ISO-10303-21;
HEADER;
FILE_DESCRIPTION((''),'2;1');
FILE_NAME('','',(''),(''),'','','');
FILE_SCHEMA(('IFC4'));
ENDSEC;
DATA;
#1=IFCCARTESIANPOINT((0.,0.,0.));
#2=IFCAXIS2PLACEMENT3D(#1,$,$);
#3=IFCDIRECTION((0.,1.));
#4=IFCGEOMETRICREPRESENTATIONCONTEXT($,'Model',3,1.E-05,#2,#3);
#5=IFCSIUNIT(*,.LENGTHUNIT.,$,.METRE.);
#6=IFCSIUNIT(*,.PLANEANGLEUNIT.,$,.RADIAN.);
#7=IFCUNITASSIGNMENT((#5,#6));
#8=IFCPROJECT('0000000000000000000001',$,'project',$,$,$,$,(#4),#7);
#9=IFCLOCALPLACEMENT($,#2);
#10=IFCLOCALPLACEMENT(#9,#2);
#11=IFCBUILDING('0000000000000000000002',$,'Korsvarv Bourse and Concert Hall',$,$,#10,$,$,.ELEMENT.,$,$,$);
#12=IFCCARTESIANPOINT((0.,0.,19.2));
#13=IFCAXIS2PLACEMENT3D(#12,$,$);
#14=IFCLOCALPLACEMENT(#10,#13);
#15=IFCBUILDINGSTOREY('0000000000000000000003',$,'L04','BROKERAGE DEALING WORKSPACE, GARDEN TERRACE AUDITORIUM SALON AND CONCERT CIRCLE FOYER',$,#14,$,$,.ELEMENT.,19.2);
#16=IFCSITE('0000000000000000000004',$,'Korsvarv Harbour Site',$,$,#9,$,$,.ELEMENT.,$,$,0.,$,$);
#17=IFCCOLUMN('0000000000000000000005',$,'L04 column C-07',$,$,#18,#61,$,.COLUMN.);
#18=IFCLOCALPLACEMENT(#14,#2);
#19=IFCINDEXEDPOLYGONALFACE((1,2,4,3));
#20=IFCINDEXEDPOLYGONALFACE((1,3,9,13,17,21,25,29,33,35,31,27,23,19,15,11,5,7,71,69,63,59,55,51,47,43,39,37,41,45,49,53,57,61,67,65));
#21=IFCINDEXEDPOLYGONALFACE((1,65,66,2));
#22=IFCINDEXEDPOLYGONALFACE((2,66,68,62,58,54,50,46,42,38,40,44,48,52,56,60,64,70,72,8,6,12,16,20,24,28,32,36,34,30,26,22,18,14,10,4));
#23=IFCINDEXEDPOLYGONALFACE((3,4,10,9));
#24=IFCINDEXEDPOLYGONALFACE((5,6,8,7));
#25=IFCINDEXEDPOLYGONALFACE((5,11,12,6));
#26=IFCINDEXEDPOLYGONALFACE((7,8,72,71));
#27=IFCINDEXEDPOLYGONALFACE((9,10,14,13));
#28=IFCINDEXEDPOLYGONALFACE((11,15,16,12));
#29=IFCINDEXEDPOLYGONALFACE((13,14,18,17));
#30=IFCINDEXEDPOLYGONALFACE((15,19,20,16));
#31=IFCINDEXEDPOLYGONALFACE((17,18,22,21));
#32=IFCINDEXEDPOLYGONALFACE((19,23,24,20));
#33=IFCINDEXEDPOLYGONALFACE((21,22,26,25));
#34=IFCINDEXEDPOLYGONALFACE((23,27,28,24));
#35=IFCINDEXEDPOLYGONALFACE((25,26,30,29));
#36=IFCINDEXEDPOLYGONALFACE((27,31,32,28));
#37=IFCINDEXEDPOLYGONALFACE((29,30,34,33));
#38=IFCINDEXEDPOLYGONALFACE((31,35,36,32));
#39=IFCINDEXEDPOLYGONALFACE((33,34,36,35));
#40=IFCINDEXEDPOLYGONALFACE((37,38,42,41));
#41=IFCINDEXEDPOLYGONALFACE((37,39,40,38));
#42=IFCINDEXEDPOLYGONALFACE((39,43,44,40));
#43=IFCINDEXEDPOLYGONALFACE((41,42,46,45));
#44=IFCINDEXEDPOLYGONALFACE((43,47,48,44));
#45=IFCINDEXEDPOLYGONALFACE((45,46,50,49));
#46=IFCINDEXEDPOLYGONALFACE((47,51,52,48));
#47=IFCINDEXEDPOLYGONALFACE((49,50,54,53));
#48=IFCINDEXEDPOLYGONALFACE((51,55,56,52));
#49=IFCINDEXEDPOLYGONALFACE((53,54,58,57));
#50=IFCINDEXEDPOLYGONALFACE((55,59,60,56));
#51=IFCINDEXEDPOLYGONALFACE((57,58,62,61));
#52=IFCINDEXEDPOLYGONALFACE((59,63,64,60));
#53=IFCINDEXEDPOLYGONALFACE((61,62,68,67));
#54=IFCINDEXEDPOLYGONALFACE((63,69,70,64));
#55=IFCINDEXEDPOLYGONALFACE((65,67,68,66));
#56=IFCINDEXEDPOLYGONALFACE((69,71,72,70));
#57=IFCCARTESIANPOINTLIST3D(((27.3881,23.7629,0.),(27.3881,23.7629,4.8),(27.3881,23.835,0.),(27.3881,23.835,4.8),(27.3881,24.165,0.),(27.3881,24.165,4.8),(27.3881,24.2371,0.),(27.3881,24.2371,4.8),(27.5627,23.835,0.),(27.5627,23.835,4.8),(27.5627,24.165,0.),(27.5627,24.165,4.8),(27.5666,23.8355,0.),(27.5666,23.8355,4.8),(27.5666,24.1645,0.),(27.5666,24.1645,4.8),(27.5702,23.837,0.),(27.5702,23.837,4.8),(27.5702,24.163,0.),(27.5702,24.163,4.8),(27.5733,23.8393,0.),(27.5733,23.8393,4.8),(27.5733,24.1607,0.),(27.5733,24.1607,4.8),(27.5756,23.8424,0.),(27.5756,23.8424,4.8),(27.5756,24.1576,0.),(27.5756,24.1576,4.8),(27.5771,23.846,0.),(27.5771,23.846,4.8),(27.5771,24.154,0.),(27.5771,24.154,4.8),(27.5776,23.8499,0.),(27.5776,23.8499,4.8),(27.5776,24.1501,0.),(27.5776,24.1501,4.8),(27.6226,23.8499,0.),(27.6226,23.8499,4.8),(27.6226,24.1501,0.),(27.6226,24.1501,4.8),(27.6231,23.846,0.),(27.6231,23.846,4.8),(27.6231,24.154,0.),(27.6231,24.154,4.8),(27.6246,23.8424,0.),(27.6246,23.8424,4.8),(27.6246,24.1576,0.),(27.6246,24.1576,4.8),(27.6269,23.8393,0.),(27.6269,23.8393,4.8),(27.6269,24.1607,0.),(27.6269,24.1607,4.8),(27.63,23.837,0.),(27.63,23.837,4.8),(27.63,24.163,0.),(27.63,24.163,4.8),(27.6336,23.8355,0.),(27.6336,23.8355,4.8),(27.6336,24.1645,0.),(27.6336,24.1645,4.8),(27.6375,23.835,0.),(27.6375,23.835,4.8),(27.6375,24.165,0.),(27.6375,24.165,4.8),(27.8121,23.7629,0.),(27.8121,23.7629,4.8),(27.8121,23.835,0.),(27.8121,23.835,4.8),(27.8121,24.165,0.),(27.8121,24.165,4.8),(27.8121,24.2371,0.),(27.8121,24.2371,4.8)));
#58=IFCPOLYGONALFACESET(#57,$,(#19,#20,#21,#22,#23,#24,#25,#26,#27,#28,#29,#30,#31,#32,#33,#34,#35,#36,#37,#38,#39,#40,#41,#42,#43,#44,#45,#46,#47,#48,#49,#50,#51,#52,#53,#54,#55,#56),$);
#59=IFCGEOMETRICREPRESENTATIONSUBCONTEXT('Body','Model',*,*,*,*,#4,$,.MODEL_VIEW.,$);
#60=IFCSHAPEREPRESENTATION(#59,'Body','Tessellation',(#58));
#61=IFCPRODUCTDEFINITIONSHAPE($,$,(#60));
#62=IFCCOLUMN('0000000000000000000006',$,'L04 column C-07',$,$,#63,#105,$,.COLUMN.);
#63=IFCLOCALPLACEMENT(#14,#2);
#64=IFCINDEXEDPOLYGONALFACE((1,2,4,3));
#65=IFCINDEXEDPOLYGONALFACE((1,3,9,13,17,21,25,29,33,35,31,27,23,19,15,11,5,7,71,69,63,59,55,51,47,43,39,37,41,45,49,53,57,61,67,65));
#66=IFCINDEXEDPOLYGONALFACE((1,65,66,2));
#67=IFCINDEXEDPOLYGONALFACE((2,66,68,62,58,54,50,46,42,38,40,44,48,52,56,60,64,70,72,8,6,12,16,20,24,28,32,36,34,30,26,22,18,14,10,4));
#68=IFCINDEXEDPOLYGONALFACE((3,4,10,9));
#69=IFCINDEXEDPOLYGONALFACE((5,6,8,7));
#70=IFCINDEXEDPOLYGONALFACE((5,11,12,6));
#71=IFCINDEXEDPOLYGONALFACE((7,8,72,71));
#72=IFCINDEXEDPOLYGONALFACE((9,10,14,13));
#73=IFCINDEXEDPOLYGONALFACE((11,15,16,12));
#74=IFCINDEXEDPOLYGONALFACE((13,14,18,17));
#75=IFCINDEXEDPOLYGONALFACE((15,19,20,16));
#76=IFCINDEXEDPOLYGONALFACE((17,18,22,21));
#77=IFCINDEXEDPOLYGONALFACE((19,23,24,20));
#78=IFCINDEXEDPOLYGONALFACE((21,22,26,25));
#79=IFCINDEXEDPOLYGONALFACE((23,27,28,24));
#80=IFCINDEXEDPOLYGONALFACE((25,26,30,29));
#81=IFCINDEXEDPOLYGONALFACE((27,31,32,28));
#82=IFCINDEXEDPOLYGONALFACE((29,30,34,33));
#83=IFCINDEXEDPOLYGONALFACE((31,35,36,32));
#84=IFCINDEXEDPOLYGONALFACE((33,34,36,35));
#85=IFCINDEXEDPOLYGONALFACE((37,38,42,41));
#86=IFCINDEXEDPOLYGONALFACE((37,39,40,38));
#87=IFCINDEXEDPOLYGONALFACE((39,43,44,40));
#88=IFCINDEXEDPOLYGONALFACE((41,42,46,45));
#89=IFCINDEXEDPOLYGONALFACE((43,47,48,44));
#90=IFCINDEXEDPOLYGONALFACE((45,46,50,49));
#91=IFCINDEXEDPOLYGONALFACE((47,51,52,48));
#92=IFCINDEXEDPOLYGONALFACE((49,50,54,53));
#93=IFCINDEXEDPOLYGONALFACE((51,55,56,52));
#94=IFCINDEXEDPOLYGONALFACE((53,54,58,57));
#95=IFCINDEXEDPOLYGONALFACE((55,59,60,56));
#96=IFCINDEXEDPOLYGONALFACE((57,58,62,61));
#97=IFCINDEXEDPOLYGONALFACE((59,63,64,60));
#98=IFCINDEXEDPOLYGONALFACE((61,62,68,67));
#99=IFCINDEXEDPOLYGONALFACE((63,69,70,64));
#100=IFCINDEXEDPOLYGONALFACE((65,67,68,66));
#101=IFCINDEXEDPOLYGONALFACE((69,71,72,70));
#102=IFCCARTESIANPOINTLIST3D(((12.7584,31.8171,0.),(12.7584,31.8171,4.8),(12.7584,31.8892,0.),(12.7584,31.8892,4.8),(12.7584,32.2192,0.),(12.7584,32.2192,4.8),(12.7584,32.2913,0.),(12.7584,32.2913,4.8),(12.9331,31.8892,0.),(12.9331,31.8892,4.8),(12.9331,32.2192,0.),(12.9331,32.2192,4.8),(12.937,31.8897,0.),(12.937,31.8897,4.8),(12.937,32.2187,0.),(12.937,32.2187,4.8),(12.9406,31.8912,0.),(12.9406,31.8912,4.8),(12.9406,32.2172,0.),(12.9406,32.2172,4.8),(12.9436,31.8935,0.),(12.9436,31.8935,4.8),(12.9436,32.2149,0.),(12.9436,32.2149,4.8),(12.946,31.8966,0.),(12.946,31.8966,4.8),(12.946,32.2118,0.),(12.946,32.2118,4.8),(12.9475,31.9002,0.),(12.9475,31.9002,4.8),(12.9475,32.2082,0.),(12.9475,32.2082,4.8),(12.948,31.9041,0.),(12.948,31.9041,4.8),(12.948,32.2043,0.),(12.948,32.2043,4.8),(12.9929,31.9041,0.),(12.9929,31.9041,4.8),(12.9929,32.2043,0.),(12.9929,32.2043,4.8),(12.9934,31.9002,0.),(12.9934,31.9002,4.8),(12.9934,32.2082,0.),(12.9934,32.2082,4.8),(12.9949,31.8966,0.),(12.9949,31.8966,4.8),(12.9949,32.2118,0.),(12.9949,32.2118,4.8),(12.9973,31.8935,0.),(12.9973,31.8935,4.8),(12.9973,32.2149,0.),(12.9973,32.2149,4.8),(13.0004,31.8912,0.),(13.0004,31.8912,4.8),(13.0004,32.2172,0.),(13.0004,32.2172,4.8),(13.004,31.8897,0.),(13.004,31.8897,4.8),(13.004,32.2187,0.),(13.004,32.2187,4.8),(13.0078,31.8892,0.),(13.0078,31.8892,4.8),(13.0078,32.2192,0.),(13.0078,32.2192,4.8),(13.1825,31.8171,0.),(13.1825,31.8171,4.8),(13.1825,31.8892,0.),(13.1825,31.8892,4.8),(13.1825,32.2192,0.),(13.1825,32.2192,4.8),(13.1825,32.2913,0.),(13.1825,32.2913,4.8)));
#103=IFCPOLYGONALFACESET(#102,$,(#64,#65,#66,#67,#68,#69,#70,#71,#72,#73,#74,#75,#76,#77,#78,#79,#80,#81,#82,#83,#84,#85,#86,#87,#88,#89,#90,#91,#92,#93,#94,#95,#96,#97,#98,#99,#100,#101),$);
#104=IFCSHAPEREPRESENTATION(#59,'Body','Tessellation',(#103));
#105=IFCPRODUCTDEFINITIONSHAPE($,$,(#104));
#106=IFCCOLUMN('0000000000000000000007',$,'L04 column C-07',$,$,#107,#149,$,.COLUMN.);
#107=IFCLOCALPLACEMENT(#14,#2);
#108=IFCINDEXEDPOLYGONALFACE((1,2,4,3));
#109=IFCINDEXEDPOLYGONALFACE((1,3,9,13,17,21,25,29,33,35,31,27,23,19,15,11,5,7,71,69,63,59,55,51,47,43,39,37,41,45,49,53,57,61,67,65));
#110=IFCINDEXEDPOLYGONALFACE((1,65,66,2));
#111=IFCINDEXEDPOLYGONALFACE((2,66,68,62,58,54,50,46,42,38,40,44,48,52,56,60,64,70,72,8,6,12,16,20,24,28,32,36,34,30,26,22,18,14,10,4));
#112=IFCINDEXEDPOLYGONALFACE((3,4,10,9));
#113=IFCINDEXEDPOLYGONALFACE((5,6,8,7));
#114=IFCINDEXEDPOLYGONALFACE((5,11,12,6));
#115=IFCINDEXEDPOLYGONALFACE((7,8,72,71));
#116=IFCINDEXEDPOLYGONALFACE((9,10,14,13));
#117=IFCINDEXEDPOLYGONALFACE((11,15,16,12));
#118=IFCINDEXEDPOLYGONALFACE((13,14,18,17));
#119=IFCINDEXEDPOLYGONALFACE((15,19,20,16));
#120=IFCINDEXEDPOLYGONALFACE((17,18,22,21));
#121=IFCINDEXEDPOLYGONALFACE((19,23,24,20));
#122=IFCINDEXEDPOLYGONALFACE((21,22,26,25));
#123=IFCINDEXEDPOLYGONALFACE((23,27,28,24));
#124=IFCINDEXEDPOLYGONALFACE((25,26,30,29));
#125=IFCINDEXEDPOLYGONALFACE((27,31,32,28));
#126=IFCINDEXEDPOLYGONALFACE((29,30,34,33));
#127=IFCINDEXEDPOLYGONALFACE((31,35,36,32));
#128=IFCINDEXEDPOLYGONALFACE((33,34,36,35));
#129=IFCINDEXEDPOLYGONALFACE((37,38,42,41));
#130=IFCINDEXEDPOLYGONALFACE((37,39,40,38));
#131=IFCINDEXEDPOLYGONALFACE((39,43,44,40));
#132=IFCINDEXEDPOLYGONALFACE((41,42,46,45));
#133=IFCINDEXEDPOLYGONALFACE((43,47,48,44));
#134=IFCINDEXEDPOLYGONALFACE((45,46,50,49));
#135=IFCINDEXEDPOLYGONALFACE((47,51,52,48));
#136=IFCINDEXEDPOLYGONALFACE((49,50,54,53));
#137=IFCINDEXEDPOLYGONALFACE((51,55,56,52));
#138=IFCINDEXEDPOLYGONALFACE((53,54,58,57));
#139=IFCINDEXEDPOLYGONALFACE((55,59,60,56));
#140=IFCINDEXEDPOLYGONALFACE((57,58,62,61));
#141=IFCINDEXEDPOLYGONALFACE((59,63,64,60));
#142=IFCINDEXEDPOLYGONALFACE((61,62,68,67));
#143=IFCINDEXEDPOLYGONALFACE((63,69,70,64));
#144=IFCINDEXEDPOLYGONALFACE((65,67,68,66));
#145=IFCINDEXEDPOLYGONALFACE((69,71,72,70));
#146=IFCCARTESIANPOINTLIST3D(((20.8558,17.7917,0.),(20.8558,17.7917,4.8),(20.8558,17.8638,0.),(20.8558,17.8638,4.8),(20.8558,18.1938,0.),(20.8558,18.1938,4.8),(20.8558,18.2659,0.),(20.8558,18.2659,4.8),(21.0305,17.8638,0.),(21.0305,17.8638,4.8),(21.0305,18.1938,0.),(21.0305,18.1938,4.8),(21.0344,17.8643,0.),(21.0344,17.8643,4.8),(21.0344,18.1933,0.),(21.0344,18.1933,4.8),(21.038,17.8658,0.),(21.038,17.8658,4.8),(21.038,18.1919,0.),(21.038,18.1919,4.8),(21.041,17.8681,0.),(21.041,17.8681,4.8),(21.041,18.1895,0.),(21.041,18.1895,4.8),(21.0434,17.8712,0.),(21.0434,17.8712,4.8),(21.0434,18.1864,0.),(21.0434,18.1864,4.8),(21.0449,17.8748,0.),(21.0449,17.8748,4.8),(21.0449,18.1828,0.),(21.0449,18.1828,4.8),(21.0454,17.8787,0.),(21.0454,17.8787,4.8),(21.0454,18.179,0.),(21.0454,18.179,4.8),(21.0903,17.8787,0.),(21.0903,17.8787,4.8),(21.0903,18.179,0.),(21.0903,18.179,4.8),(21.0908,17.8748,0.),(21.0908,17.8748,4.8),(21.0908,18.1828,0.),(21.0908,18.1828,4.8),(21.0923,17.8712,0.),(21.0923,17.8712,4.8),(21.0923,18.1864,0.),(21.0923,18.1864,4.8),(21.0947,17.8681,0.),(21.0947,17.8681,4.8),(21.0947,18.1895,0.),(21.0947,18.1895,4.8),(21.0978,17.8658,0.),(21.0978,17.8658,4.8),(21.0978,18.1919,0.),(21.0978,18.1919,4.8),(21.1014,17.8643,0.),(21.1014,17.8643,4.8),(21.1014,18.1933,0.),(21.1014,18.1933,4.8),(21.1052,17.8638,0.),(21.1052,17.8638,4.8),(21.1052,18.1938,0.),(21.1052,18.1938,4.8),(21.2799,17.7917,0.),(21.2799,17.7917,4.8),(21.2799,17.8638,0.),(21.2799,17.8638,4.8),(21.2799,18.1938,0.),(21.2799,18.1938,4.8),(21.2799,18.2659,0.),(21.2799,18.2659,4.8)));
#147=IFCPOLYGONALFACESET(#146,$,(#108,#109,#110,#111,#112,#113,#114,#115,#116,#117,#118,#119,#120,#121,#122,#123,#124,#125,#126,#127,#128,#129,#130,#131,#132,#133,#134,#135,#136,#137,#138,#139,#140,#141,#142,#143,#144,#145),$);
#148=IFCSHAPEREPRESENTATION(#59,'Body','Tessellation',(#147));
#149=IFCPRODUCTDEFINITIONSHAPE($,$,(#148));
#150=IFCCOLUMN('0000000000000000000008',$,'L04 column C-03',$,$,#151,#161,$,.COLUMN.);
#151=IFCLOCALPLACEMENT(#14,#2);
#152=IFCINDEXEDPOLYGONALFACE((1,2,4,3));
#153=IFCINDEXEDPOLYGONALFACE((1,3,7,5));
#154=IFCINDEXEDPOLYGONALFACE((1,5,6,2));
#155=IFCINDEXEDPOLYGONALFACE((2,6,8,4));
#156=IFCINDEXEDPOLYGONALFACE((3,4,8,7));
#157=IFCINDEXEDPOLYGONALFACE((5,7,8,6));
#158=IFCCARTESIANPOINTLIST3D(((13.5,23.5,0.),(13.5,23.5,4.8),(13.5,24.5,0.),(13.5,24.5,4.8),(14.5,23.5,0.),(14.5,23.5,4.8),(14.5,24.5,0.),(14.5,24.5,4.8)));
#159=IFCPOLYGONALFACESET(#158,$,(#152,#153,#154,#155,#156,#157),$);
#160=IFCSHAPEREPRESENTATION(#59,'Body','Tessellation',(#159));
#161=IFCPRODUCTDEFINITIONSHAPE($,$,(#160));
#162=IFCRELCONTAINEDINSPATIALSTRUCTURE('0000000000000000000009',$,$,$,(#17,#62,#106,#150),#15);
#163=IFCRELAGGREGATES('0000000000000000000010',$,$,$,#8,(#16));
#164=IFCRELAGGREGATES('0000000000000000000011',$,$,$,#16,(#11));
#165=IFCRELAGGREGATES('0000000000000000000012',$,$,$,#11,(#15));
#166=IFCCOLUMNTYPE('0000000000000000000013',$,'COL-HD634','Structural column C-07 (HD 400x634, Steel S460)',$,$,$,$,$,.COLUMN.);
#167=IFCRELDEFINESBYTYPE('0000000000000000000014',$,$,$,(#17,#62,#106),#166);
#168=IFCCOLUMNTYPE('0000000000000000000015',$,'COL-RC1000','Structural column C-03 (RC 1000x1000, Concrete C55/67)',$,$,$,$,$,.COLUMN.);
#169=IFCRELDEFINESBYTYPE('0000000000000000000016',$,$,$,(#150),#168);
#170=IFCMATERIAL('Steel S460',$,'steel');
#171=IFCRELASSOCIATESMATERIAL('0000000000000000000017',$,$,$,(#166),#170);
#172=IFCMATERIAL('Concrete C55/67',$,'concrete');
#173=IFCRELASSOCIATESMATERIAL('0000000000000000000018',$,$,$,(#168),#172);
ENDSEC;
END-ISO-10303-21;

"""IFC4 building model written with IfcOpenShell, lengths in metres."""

from ifc_helpers import new_model, si_unit, direction, frame, origin, origin_2d, place, context, subcontext, project, spatial, rectangle, i_section, extrude, source, transform, mapped, material, material_profile, profile_set, type_object, element, save


model = new_model("IFC4")

# Units and contexts
model_context = context("Model", 3, precision=1e-05, world=origin(), true_north=direction((0.0, 1.0)))
body_context = subcontext(model_context, "Body", "Model", "MODEL_VIEW")
ifc_project = project(units=[si_unit("LENGTHUNIT", "METRE"), si_unit("PLANEANGLEUNIT", "RADIAN")], contexts=[model_context])

# Site, building, storey
site_placement = place(None, origin())
site = spatial("IfcSite", under=ifc_project, at=site_placement, Name="Korsvarv Harbour Site", CompositionType="ELEMENT", RefElevation=0.0)
building_placement = place(site_placement, origin())
building = spatial("IfcBuilding", under=site, at=building_placement, Name="Korsvarv Bourse and Concert Hall", CompositionType="ELEMENT")
storey_placement = place(building_placement, frame((0.0, 0.0, 19.2)))
storey = spatial("IfcBuildingStorey", under=building, at=storey_placement, Name="L04", Description="BROKERAGE DEALING WORKSPACE, GARDEN TERRACE AUDITORIUM SALON AND CONCERT CIRCLE FOYER", CompositionType="ELEMENT", Elevation=19.2)

# Columns
ifc_material_1 = material(Name="Steel S460", Category="steel")
ifc_material_profile_1 = material_profile(ifc_material_1, i_section(OverallWidth=0.4241, OverallDepth=0.4741, WebThickness=0.0449, FlangeThickness=0.072, FilletRadius=0.0149, at=origin_2d()), Name="HD 400x634")
ifc_profile_set_1 = profile_set([ifc_material_profile_1], Name="Steel S460")
column_type_1 = type_object("IfcColumnType", Name="COL-HD634", Description="Structural column C-07 (HD 400x634, Steel S460)", PredefinedType="COLUMN", material=ifc_profile_set_1)
shared_shape_1 = source(origin(), body_context, "Body", "SweptSolid", [
    extrude(i_section(OverallWidth=0.4241, OverallDepth=0.4741, WebThickness=0.0449, FlangeThickness=0.072, FilletRadius=0.0149, at=origin_2d()), origin(), (0.0, 0.0, 1.0), 4.8),
])
for number, where, z_axis, x_axis, name in (
    (1, (27.6001, 24.0, 0.0), (0.0, 0.0, 1.0), (1.0, 0.0, 0.0), "L04 column C-07"),
    (2, (12.9705, 32.0542, 0.0), (0.0, 0.0, 1.0), (1.0, 0.0, 0.0), "L04 column C-07"),
    (3, (21.0679, 18.0288, 0.0), (0.0, 0.0, 1.0), (1.0, 0.0, 0.0), "L04 column C-07"),
):
    element("IfcColumn", number, at=place(storey_placement, frame(where, z_axis=z_axis, x_axis=x_axis)), inside=storey, type_object=column_type_1, Name=name, PredefinedType="COLUMN", context=body_context, shape_type="MappedRepresentation", body=[
        mapped(shared_shape_1, transform((0.0, 0.0, 0.0), scale=1.0)),
    ])
ifc_material_2 = material(Name="Concrete C55/67", Category="concrete")
ifc_material_profile_2 = material_profile(ifc_material_2, rectangle(XDim=1.0, YDim=1.0, at=origin_2d()), Name="RC 1000x1000")
ifc_profile_set_2 = profile_set([ifc_material_profile_2], Name="Concrete C55/67")
column_type_2 = type_object("IfcColumnType", Name="COL-RC1000", Description="Structural column C-03 (RC 1000x1000, Concrete C55/67)", PredefinedType="COLUMN", material=ifc_profile_set_2)
shared_shape_2 = source(origin(), body_context, "Body", "SweptSolid", [
    extrude(rectangle(XDim=1.0, YDim=1.0, at=origin_2d()), origin(), (0.0, 0.0, 1.0), 4.8),
])
column_placement = place(storey_placement, frame((14.0, 24.0, 0.0), z_axis=(0.0, 0.0, 1.0), x_axis=(1.0, 0.0, 0.0)))
element("IfcColumn", 4, at=column_placement, inside=storey, type_object=column_type_2, Name="L04 column C-03", PredefinedType="COLUMN", context=body_context, shape_type="MappedRepresentation", body=[
    mapped(shared_shape_2, transform((0.0, 0.0, 0.0), scale=1.0)),
])

save(model, "model.ifc")
